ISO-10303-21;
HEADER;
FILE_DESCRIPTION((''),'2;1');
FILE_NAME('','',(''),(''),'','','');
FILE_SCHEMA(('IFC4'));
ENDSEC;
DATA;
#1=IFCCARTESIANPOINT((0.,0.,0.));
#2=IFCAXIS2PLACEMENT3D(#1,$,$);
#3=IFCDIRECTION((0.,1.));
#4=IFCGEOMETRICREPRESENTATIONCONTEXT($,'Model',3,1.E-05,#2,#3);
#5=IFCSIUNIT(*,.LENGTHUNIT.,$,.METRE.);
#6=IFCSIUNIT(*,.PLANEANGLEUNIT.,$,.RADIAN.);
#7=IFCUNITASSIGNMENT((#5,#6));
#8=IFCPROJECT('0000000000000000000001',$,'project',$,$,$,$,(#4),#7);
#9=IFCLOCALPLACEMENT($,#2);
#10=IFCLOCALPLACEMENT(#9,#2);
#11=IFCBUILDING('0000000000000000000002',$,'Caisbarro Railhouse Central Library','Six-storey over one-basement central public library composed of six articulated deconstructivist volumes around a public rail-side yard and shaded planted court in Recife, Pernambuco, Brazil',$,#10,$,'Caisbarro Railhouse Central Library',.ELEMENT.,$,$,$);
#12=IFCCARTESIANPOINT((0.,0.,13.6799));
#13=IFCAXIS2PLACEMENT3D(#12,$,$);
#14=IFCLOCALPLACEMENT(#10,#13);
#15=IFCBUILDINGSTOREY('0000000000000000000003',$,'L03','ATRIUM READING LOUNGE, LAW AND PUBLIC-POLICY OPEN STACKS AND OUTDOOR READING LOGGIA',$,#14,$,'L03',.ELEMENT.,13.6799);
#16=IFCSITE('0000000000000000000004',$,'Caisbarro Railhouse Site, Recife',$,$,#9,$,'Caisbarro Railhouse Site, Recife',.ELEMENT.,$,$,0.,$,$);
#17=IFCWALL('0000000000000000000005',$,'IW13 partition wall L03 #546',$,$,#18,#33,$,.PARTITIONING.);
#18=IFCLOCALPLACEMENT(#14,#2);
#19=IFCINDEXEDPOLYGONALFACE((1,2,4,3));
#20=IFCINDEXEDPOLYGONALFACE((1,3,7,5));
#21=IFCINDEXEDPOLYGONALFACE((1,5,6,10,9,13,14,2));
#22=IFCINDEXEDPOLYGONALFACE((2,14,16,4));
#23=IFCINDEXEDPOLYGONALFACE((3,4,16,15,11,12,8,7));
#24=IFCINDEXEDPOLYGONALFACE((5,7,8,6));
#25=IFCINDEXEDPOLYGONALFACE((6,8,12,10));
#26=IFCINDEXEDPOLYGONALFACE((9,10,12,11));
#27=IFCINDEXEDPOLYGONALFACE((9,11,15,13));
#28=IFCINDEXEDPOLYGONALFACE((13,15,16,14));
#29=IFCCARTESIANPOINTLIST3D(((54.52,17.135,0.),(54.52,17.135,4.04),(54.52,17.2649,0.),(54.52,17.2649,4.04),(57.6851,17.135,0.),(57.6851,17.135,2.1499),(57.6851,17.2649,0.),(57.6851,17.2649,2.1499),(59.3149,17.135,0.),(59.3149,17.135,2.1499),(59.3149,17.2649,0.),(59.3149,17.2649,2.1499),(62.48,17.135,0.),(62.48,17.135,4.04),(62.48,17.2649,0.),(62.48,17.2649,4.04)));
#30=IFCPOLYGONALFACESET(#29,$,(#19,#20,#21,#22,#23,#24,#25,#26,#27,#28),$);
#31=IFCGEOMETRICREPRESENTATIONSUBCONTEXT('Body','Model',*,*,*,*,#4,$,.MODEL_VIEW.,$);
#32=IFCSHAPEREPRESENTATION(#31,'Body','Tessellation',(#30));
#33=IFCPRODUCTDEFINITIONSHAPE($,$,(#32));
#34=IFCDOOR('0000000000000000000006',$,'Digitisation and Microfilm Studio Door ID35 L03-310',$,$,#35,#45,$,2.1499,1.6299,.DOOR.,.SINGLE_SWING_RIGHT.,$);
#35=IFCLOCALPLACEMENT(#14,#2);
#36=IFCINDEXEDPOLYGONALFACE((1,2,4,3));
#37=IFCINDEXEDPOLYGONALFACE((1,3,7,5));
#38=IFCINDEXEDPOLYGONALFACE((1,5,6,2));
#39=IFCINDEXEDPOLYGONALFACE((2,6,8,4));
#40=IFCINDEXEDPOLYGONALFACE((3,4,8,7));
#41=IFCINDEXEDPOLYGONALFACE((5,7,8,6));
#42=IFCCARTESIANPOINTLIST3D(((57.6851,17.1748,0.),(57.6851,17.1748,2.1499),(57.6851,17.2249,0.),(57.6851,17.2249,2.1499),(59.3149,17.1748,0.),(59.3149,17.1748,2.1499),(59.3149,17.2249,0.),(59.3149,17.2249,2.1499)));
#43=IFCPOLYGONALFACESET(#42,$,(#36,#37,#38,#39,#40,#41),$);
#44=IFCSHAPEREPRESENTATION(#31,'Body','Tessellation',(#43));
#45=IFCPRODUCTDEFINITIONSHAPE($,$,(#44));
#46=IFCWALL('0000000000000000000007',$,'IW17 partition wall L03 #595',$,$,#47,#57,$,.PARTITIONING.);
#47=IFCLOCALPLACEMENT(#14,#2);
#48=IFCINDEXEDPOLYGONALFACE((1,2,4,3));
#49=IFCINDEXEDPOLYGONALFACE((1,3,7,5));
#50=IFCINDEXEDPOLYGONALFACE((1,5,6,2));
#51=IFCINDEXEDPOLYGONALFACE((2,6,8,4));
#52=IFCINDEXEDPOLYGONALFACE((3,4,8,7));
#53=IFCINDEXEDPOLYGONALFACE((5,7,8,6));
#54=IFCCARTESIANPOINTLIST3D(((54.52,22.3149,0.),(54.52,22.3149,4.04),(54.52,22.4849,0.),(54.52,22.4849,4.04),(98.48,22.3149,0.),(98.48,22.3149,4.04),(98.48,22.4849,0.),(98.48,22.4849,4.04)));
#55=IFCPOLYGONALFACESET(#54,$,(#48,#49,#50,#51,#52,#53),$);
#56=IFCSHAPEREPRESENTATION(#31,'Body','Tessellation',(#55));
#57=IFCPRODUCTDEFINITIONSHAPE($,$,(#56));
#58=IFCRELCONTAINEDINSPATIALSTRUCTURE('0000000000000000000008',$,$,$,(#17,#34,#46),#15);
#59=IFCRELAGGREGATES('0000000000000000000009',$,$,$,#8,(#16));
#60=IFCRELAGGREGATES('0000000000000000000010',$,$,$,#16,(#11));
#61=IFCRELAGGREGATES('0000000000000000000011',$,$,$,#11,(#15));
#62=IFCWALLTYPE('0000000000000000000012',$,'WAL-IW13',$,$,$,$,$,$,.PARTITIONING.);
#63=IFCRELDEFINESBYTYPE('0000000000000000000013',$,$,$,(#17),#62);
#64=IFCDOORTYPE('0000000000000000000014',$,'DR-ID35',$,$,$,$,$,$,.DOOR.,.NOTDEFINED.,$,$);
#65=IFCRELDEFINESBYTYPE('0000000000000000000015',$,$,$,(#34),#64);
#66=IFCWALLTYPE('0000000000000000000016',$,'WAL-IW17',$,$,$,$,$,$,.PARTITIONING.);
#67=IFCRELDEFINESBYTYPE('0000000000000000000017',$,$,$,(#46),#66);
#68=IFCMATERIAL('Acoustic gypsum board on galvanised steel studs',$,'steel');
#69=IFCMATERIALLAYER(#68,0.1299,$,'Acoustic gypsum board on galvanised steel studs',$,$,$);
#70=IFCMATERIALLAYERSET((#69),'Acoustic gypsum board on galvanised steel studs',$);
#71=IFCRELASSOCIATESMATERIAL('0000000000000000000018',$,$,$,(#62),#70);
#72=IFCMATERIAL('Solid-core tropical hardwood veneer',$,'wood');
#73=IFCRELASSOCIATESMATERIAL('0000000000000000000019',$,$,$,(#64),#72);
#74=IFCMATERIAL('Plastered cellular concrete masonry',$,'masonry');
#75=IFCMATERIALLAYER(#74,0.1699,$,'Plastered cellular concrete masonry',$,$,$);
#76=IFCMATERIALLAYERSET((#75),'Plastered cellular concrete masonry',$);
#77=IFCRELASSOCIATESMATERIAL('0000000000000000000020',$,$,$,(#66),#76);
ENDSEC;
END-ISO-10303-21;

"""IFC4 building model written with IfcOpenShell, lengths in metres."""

from ifc_helpers import new_model, si_unit, direction, frame, frame_2d, origin, place, context, subcontext, project, spatial, rectangle, extrude, material, layer, layer_set, type_object, element, fill, save


model = new_model("IFC4")

# Units and contexts
model_context = context("Model", 3, precision=1e-05, world=origin(), true_north=direction((0.0, 1.0)))
body_context = subcontext(model_context, "Body", "Model", "MODEL_VIEW")
ifc_project = project(units=[si_unit("LENGTHUNIT", "METRE"), si_unit("PLANEANGLEUNIT", "RADIAN")], contexts=[model_context])

# Site, building, storey
site_placement = place(None, origin())
site = spatial("IfcSite", under=ifc_project, at=site_placement, Name="Caisbarro Railhouse Site, Recife", LongName="Caisbarro Railhouse Site, Recife", CompositionType="ELEMENT", RefElevation=0.0)
building_placement = place(site_placement, origin())
building = spatial("IfcBuilding", under=site, at=building_placement, Name="Caisbarro Railhouse Central Library", Description="Six-storey over one-basement central public library composed of six articulated deconstructivist volumes around a public rail-side yard and shaded planted court in Recife, Pernambuco, Brazil", LongName="Caisbarro Railhouse Central Library", CompositionType="ELEMENT")
storey_placement = place(building_placement, frame((0.0, 0.0, 13.6799)))
storey = spatial("IfcBuildingStorey", under=building, at=storey_placement, Name="L03", Description="ATRIUM READING LOUNGE, LAW AND PUBLIC-POLICY OPEN STACKS AND OUTDOOR READING LOGGIA", LongName="L03", CompositionType="ELEMENT", Elevation=13.6799)

# Wall, opening, door
ifc_material_1 = material(Name="Acoustic gypsum board on galvanised steel studs", Category="steel")
ifc_layer_1 = layer(ifc_material_1, 0.1299, Name="Acoustic gypsum board on galvanised steel studs")
ifc_layer_set_1 = layer_set([ifc_layer_1], Name="Acoustic gypsum board on galvanised steel studs")
wall_type_1 = type_object("IfcWallType", Name="WAL-IW13", PredefinedType="PARTITIONING", material=ifc_layer_set_1)
wall_1_placement = place(storey_placement, frame((54.52, 17.2, 0.0), z_axis=(0.0, 0.0, 1.0), x_axis=(1.0, 0.0, 0.0)))
wall_1 = element("IfcWall", 1, at=wall_1_placement, inside=storey, type_object=wall_type_1, Name="IW13 partition wall L03 #546", PredefinedType="PARTITIONING", context=body_context, shape_type="SweptSolid", body=[
    extrude(rectangle(XDim=7.96, YDim=0.1299, at=frame_2d((3.98, 0.0))), origin(), (0.0, 0.0, 1.0), 4.04),
])
opening_placement = place(wall_1_placement, frame((3.165, 0.0, 0.0)))
opening = element("IfcOpeningElement", 2, at=opening_placement, cuts=wall_1, PredefinedType="OPENING", context=body_context, shape_type="SweptSolid", body=[
    extrude(rectangle(XDim=1.6299, YDim=2.1499, at=frame_2d((0.8149, 1.075))), frame((0.0, 0.075, 0.0), z_axis=(0.0, -1.0, 0.0), x_axis=(1.0, 0.0, 0.0)), (0.0, 0.0, 1.0), 0.1499),
])
ifc_material_2 = material(Name="Solid-core tropical hardwood veneer", Category="wood")
door_type = type_object("IfcDoorType", Name="DR-ID35", OperationType="NOTDEFINED", PredefinedType="DOOR", material=ifc_material_2)
door_placement = place(opening_placement, origin())
door = element("IfcDoor", 3, at=door_placement, inside=storey, type_object=door_type, Name="Digitisation and Microfilm Studio Door ID35 L03-310", OperationType="SINGLE_SWING_RIGHT", OverallHeight=2.1499, OverallWidth=1.6299, PredefinedType="DOOR", context=body_context, shape_type="SweptSolid", body=[
    extrude(rectangle(XDim=1.6299, YDim=2.1499, at=frame_2d((0.8149, 1.075))), frame((0.0, 0.0249, 0.0), z_axis=(0.0, -1.0, 0.0), x_axis=(1.0, 0.0, 0.0)), (0.0, 0.0, 1.0), 0.05),
])
fill(opening, door)

# Wall
ifc_material_3 = material(Name="Plastered cellular concrete masonry", Category="masonry")
ifc_layer_2 = layer(ifc_material_3, 0.1699, Name="Plastered cellular concrete masonry")
ifc_layer_set_2 = layer_set([ifc_layer_2], Name="Plastered cellular concrete masonry")
wall_type_2 = type_object("IfcWallType", Name="WAL-IW17", PredefinedType="PARTITIONING", material=ifc_layer_set_2)
wall_2_placement = place(storey_placement, frame((54.52, 22.3999, 0.0), z_axis=(0.0, 0.0, 1.0), x_axis=(1.0, 0.0, 0.0)))
element("IfcWall", 4, at=wall_2_placement, inside=storey, type_object=wall_type_2, Name="IW17 partition wall L03 #595", PredefinedType="PARTITIONING", context=body_context, shape_type="SweptSolid", body=[
    extrude(rectangle(XDim=43.96, YDim=0.1699, at=frame_2d((21.98, 0.0))), origin(), (0.0, 0.0, 1.0), 4.04),
])

save(model, "model.ifc")
